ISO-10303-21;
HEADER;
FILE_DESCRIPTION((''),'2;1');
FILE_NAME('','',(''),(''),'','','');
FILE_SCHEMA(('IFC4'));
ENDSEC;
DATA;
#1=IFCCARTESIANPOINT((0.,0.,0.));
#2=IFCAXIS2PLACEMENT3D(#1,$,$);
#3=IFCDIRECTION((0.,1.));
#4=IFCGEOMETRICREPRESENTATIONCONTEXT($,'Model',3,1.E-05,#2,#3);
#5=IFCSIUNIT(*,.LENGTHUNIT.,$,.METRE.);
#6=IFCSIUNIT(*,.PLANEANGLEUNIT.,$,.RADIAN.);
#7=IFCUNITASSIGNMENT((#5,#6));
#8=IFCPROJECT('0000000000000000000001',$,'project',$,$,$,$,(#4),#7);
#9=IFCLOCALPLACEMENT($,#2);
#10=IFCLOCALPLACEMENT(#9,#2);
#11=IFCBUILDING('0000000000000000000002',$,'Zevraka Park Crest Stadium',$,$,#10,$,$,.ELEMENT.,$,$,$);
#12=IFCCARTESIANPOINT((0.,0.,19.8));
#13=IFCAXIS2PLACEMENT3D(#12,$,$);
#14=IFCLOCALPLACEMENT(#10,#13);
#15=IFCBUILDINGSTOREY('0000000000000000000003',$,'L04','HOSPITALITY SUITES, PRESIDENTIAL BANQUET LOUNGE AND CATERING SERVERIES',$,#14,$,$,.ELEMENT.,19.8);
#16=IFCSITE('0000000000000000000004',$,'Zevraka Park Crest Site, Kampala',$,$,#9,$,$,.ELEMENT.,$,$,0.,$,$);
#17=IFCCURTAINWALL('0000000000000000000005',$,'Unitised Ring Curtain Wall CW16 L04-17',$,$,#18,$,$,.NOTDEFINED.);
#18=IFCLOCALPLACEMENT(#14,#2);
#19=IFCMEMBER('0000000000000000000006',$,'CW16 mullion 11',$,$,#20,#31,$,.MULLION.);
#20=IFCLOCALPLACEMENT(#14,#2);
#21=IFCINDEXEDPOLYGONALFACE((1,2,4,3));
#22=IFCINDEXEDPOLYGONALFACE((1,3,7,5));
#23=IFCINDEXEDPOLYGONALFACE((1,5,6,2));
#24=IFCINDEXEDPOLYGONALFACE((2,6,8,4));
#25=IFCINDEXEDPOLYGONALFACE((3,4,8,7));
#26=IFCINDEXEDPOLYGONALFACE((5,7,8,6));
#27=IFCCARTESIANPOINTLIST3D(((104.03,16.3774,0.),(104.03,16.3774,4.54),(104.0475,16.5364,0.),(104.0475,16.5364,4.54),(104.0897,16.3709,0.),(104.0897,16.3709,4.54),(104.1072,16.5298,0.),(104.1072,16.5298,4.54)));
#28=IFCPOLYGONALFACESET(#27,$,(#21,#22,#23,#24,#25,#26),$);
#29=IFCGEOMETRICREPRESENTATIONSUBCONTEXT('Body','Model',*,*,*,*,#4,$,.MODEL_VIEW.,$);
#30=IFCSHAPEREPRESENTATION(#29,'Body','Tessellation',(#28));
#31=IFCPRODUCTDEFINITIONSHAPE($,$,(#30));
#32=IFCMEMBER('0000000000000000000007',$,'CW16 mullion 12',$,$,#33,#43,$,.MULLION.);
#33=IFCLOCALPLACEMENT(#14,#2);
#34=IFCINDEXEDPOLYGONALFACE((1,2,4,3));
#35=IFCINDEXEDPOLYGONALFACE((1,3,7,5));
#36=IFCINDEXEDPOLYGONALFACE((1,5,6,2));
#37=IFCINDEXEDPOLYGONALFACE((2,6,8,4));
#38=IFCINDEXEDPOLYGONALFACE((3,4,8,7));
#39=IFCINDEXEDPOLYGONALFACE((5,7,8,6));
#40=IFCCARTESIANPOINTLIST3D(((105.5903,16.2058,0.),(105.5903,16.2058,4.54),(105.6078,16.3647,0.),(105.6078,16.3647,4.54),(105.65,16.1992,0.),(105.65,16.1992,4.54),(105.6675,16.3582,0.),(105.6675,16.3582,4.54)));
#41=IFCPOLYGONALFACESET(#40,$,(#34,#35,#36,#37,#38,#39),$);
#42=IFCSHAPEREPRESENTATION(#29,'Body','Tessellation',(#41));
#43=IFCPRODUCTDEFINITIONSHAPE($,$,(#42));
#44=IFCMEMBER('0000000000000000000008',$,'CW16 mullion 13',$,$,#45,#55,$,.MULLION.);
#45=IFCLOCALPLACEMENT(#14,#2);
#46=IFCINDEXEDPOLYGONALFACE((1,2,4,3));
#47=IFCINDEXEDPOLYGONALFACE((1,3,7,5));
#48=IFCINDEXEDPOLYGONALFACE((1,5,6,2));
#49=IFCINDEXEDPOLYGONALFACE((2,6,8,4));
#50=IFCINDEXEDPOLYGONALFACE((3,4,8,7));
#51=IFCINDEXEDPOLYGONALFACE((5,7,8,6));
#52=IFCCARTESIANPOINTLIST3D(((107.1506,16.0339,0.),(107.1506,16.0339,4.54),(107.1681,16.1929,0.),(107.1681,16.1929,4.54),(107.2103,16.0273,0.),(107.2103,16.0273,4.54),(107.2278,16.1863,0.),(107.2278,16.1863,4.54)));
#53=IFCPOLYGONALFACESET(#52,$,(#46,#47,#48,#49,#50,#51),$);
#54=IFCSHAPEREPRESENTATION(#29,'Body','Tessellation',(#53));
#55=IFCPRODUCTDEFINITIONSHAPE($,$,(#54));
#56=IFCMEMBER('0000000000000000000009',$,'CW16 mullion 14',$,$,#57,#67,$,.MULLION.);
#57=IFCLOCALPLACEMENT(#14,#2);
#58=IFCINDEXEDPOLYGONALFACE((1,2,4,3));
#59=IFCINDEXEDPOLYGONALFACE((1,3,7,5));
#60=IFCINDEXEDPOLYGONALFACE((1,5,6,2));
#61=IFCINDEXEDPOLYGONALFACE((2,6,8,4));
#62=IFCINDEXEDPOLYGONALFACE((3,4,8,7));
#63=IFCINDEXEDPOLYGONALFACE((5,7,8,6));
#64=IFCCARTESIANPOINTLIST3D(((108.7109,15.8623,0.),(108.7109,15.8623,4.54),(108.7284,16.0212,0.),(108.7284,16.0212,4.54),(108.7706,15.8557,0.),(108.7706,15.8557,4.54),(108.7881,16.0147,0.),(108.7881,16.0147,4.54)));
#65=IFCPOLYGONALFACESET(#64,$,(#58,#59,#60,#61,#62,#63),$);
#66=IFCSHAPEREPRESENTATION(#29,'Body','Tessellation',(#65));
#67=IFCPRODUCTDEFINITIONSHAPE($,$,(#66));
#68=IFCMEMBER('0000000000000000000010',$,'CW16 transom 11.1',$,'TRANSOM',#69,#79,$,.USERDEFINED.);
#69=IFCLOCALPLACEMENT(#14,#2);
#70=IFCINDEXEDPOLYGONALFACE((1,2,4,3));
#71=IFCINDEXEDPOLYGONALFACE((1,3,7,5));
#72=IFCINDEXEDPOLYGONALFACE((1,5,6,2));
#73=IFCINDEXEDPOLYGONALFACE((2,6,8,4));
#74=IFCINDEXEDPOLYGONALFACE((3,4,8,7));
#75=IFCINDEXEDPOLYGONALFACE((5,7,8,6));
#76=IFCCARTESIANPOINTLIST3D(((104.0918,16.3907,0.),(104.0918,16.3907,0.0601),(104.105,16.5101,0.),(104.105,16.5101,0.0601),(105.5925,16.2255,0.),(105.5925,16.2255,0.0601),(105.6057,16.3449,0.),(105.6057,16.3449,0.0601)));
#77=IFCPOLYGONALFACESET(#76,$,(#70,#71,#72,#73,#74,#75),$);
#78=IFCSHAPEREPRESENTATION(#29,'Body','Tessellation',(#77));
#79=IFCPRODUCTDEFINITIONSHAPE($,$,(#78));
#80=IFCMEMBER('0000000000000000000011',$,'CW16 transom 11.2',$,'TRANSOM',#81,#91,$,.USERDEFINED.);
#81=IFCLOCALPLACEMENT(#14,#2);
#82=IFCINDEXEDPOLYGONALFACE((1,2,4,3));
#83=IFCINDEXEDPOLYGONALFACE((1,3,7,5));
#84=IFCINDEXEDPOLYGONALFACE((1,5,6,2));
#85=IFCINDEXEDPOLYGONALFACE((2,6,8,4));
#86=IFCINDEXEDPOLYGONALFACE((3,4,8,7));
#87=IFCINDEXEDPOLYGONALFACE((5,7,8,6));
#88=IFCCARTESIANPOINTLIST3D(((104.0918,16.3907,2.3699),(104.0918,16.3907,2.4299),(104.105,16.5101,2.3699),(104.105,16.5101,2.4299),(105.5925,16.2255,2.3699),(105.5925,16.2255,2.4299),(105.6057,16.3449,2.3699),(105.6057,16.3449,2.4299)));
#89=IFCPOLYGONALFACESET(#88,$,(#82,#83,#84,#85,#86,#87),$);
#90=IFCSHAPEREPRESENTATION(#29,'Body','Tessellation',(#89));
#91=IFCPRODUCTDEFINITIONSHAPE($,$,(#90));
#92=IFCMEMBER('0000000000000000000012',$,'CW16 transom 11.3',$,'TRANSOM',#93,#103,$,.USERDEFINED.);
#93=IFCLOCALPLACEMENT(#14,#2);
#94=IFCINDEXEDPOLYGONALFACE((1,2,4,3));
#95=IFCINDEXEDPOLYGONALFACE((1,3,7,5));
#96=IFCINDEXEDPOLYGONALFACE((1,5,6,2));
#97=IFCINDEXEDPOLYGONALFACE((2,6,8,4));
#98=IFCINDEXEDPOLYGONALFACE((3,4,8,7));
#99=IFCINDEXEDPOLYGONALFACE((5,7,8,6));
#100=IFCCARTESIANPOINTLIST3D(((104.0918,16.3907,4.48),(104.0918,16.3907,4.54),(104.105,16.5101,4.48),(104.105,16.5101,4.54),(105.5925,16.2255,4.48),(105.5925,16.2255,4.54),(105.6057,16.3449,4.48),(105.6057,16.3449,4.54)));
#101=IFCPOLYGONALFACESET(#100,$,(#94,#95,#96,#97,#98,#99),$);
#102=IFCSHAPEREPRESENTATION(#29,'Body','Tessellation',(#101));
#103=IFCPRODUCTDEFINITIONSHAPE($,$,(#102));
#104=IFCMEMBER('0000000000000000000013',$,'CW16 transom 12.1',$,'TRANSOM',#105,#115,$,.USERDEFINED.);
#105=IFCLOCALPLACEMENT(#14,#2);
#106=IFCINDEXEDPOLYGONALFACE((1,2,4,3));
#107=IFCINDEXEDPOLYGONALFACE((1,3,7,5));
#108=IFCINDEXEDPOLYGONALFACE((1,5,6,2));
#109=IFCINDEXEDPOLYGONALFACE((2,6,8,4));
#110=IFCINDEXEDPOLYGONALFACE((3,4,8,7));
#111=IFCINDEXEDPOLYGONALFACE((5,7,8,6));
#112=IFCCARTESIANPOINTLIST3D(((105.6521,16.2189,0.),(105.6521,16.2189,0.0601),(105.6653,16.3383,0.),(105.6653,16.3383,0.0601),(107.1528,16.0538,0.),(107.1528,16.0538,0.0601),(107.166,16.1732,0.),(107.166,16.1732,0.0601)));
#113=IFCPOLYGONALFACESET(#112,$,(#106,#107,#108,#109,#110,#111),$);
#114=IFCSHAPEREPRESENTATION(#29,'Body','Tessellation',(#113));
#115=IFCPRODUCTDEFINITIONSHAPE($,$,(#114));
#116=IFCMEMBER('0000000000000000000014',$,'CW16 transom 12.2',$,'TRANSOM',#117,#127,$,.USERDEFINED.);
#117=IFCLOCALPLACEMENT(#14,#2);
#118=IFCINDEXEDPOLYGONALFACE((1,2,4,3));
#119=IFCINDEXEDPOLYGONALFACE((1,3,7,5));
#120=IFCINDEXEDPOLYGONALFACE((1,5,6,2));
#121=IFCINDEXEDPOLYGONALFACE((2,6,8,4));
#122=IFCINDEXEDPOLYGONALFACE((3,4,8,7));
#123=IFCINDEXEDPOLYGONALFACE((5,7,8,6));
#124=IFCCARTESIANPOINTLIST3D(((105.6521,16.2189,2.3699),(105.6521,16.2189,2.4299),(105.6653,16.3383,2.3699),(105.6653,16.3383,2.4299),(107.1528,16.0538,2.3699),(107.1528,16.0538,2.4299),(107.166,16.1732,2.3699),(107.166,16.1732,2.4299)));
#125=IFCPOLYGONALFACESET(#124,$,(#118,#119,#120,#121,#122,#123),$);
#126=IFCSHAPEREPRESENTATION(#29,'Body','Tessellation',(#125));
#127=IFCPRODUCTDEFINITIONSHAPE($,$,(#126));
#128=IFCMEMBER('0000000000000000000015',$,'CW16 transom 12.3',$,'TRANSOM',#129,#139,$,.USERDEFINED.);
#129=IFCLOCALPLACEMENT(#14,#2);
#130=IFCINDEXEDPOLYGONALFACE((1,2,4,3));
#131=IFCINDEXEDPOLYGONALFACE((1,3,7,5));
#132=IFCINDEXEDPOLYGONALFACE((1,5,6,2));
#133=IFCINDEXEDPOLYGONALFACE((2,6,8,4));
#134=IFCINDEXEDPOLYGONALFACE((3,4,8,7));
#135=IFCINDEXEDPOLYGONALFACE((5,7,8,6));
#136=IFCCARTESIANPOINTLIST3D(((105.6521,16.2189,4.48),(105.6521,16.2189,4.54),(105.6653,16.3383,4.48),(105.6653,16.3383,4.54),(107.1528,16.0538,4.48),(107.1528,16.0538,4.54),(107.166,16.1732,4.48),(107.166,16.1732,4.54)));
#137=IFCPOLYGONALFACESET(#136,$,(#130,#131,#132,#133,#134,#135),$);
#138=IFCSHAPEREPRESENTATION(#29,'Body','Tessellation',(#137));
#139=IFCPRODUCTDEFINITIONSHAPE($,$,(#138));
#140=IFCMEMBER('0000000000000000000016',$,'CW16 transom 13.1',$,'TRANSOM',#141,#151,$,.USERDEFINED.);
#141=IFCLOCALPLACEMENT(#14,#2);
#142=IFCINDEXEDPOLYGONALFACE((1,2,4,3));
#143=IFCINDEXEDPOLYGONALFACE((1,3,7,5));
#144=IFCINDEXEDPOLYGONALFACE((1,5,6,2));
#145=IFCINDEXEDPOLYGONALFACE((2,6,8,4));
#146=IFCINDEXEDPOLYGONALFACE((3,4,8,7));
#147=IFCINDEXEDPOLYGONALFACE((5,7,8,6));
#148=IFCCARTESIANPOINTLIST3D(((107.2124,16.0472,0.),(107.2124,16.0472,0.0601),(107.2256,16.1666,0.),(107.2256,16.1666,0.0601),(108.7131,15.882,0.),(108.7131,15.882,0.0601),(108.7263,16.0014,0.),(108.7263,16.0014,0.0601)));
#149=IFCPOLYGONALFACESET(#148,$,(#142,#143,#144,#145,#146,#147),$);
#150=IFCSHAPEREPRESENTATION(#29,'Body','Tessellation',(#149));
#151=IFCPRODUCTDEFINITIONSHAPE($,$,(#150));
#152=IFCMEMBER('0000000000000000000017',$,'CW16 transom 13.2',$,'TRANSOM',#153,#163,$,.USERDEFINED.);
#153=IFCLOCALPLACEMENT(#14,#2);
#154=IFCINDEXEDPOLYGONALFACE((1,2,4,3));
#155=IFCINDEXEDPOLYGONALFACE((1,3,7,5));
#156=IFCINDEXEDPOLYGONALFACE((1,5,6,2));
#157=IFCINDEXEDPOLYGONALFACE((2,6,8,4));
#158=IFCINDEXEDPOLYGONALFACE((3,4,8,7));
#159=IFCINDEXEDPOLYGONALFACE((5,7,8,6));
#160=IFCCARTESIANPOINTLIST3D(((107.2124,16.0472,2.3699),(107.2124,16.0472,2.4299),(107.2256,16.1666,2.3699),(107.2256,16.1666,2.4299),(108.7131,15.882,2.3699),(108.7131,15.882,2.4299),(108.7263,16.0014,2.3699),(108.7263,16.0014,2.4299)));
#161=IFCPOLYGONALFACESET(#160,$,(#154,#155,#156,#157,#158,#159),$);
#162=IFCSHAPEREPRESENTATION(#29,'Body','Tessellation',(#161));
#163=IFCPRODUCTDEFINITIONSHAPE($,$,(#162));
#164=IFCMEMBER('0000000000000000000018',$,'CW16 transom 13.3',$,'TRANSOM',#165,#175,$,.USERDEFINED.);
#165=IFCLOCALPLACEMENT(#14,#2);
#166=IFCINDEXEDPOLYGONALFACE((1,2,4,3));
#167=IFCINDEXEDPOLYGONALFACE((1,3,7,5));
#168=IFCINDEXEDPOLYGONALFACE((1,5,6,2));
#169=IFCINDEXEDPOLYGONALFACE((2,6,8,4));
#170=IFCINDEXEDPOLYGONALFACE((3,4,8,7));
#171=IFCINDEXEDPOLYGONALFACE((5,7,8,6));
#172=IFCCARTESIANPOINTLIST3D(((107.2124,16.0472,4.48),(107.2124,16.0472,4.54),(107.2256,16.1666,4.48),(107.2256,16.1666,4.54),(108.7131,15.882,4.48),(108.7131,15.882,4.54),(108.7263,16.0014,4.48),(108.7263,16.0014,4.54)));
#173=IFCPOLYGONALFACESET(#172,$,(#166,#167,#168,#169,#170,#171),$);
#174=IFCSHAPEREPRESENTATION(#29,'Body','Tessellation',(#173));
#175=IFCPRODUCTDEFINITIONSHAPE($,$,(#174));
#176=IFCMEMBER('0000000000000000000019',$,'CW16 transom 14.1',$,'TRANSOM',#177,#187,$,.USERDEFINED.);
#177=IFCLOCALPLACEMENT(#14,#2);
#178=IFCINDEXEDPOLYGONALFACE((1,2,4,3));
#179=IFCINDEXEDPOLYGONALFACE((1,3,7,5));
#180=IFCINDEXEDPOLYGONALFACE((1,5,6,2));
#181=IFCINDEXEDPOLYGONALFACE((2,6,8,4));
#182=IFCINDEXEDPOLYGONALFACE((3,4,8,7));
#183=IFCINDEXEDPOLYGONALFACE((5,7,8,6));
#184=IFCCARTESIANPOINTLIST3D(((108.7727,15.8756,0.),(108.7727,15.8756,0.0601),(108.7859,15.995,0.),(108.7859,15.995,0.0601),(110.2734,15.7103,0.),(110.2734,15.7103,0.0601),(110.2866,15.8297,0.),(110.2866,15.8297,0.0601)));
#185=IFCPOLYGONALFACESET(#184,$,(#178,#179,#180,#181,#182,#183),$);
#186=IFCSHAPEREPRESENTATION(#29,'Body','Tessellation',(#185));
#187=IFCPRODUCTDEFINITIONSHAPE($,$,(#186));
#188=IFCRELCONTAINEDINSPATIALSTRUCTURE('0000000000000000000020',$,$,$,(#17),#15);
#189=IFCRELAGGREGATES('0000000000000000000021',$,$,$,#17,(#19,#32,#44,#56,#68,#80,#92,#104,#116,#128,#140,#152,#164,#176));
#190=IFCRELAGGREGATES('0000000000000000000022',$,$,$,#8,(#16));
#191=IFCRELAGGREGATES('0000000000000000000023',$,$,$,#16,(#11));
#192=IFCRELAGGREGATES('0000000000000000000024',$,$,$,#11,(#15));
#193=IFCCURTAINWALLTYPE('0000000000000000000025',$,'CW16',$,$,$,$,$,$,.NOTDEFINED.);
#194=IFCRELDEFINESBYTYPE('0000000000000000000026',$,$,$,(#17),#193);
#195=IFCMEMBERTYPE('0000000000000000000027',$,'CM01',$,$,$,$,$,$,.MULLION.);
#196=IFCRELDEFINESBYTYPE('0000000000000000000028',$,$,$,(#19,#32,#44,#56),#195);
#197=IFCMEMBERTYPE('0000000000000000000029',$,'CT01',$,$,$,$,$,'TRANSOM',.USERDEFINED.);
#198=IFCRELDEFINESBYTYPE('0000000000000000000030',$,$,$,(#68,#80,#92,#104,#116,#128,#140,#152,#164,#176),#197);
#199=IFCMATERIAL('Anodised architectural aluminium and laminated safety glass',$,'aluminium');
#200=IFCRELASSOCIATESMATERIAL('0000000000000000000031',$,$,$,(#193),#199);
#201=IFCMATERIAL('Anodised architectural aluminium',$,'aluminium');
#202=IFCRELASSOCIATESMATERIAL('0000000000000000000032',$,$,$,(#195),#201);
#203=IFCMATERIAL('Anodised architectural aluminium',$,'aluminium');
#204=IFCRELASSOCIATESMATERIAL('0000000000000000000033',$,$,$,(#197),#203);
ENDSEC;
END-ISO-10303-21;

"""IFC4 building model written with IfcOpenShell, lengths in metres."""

from ifc_helpers import new_model, si_unit, direction, frame, origin, origin_2d, place, context, subcontext, project, spatial, rectangle, extrude, material, material_profile, profile_set, type_object, element, aggregate, save


model = new_model("IFC4")

# Units and contexts
model_context = context("Model", 3, precision=1e-05, world=origin(), true_north=direction((0.0, 1.0)))
body_context = subcontext(model_context, "Body", "Model", "MODEL_VIEW")
ifc_project = project(units=[si_unit("LENGTHUNIT", "METRE"), si_unit("PLANEANGLEUNIT", "RADIAN")], contexts=[model_context])

# Site, building, storey
site_placement = place(None, origin())
site = spatial("IfcSite", under=ifc_project, at=site_placement, Name="Zevraka Park Crest Site, Kampala", CompositionType="ELEMENT", RefElevation=0.0)
building_placement = place(site_placement, origin())
building = spatial("IfcBuilding", under=site, at=building_placement, Name="Zevraka Park Crest Stadium", CompositionType="ELEMENT")
storey_placement = place(building_placement, frame((0.0, 0.0, 19.8)))
storey = spatial("IfcBuildingStorey", under=building, at=storey_placement, Name="L04", Description="HOSPITALITY SUITES, PRESIDENTIAL BANQUET LOUNGE AND CATERING SERVERIES", CompositionType="ELEMENT", Elevation=19.8)

# Curtain wall, members
ifc_material_1 = material(Name="Anodised architectural aluminium and laminated safety glass", Category="aluminium")
curtain_wall_type = type_object("IfcCurtainWallType", Name="CW16", PredefinedType="NOTDEFINED", material=ifc_material_1)
curtain_wall_placement = place(storey_placement, origin())
curtain_wall = element("IfcCurtainWall", 1, at=curtain_wall_placement, inside=storey, type_object=curtain_wall_type, Name="Unitised Ring Curtain Wall CW16 L04-17", PredefinedType="NOTDEFINED")
ifc_material_2 = material(Name="Anodised architectural aluminium", Category="aluminium")
ifc_material_profile_1 = material_profile(ifc_material_2, rectangle(XDim=0.1599, YDim=0.0601, at=origin_2d()), Name="ALU MULLION 160x60")
ifc_profile_set_1 = profile_set([ifc_material_profile_1], Name="Anodised architectural aluminium")
member_type_1 = type_object("IfcMemberType", Name="CM01", PredefinedType="MULLION", material=ifc_profile_set_1)
member_1_placement = place(storey_placement, frame((104.0686, 16.4536, 0.0), z_axis=(0.0, 0.0, 1.0), x_axis=(0.109406, 0.993997, 0.0)))
member_1 = element("IfcMember", 2, at=member_1_placement, type_object=member_type_1, Name="CW16 mullion 11", PredefinedType="MULLION", context=body_context, shape_type="SweptSolid", body=[
    extrude(rectangle(XDim=0.1599, YDim=0.0601, at=origin_2d()), origin(), (0.0, 0.0, 1.0), 4.54),
])
member_2_placement = place(storey_placement, frame((105.6289, 16.282, 0.0), z_axis=(0.0, 0.0, 1.0), x_axis=(0.109406, 0.993997, 0.0)))
member_2 = element("IfcMember", 3, at=member_2_placement, type_object=member_type_1, Name="CW16 mullion 12", PredefinedType="MULLION", context=body_context, shape_type="SweptSolid", body=[
    extrude(rectangle(XDim=0.1599, YDim=0.0601, at=origin_2d()), origin(), (0.0, 0.0, 1.0), 4.54),
])
member_3_placement = place(storey_placement, frame((107.1892, 16.1101, 0.0), z_axis=(0.0, 0.0, 1.0), x_axis=(0.109406, 0.993997, 0.0)))
member_3 = element("IfcMember", 4, at=member_3_placement, type_object=member_type_1, Name="CW16 mullion 13", PredefinedType="MULLION", context=body_context, shape_type="SweptSolid", body=[
    extrude(rectangle(XDim=0.1599, YDim=0.0601, at=origin_2d()), origin(), (0.0, 0.0, 1.0), 4.54),
])
member_4_placement = place(storey_placement, frame((108.7495, 15.9385, 0.0), z_axis=(0.0, 0.0, 1.0), x_axis=(0.109406, 0.993997, 0.0)))
member_4 = element("IfcMember", 5, at=member_4_placement, type_object=member_type_1, Name="CW16 mullion 14", PredefinedType="MULLION", context=body_context, shape_type="SweptSolid", body=[
    extrude(rectangle(XDim=0.1599, YDim=0.0601, at=origin_2d()), origin(), (0.0, 0.0, 1.0), 4.54),
])
ifc_material_3 = material(Name="Anodised architectural aluminium", Category="aluminium")
ifc_material_profile_2 = material_profile(ifc_material_3, rectangle(XDim=0.1201, YDim=0.0601, at=origin_2d()), Name="ALU TRANSOM 120x60")
ifc_profile_set_2 = profile_set([ifc_material_profile_2], Name="Anodised architectural aluminium")
member_type_2 = type_object("IfcMemberType", Name="CT01", ElementType="TRANSOM", PredefinedType="USERDEFINED", material=ifc_profile_set_2)
member_5_placement = place(storey_placement, frame((104.0984, 16.4504, 0.03), z_axis=(0.99399, -0.109473, 0.0), x_axis=(0.109473, 0.99399, 0.0)))
member_5 = element("IfcMember", 6, at=member_5_placement, type_object=member_type_2, Name="CW16 transom 11.1", ObjectType="TRANSOM", PredefinedType="USERDEFINED", context=body_context, shape_type="SweptSolid", body=[
    extrude(rectangle(XDim=0.1201, YDim=0.0601, at=origin_2d()), origin(), (0.0, 0.0, 1.0), 1.5098),
])
member_6_placement = place(storey_placement, frame((104.0984, 16.4504, 2.3999), z_axis=(0.99399, -0.109473, 0.0), x_axis=(0.109473, 0.99399, 0.0)))
member_6 = element("IfcMember", 7, at=member_6_placement, type_object=member_type_2, Name="CW16 transom 11.2", ObjectType="TRANSOM", PredefinedType="USERDEFINED", context=body_context, shape_type="SweptSolid", body=[
    extrude(rectangle(XDim=0.1201, YDim=0.0601, at=origin_2d()), origin(), (0.0, 0.0, 1.0), 1.5098),
])
member_7_placement = place(storey_placement, frame((104.0984, 16.4504, 4.51), z_axis=(0.99399, -0.109473, 0.0), x_axis=(0.109473, 0.99399, 0.0)))
member_7 = element("IfcMember", 8, at=member_7_placement, type_object=member_type_2, Name="CW16 transom 11.3", ObjectType="TRANSOM", PredefinedType="USERDEFINED", context=body_context, shape_type="SweptSolid", body=[
    extrude(rectangle(XDim=0.1201, YDim=0.0601, at=origin_2d()), origin(), (0.0, 0.0, 1.0), 1.5098),
])
member_8_placement = place(storey_placement, frame((105.6587, 16.2786, 0.03), z_axis=(0.994007, -0.109313, 0.0), x_axis=(0.109313, 0.994007, 0.0)))
member_8 = element("IfcMember", 9, at=member_8_placement, type_object=member_type_2, Name="CW16 transom 12.1", ObjectType="TRANSOM", PredefinedType="USERDEFINED", context=body_context, shape_type="SweptSolid", body=[
    extrude(rectangle(XDim=0.1201, YDim=0.0601, at=origin_2d()), origin(), (0.0, 0.0, 1.0), 1.5098),
])
member_9_placement = place(storey_placement, frame((105.6587, 16.2786, 2.3999), z_axis=(0.994007, -0.109313, 0.0), x_axis=(0.109313, 0.994007, 0.0)))
member_9 = element("IfcMember", 10, at=member_9_placement, type_object=member_type_2, Name="CW16 transom 12.2", ObjectType="TRANSOM", PredefinedType="USERDEFINED", context=body_context, shape_type="SweptSolid", body=[
    extrude(rectangle(XDim=0.1201, YDim=0.0601, at=origin_2d()), origin(), (0.0, 0.0, 1.0), 1.5098),
])
member_10_placement = place(storey_placement, frame((105.6587, 16.2786, 4.51), z_axis=(0.994007, -0.109313, 0.0), x_axis=(0.109313, 0.994007, 0.0)))
member_10 = element("IfcMember", 11, at=member_10_placement, type_object=member_type_2, Name="CW16 transom 12.3", ObjectType="TRANSOM", PredefinedType="USERDEFINED", context=body_context, shape_type="SweptSolid", body=[
    extrude(rectangle(XDim=0.1201, YDim=0.0601, at=origin_2d()), origin(), (0.0, 0.0, 1.0), 1.5098),
])
member_11_placement = place(storey_placement, frame((107.219, 16.1069, 0.03), z_axis=(0.99399, -0.109473, 0.0), x_axis=(0.109473, 0.99399, 0.0)))
member_11 = element("IfcMember", 12, at=member_11_placement, type_object=member_type_2, Name="CW16 transom 13.1", ObjectType="TRANSOM", PredefinedType="USERDEFINED", context=body_context, shape_type="SweptSolid", body=[
    extrude(rectangle(XDim=0.1201, YDim=0.0601, at=origin_2d()), origin(), (0.0, 0.0, 1.0), 1.5098),
])
member_12_placement = place(storey_placement, frame((107.219, 16.1069, 2.3999), z_axis=(0.99399, -0.109473, 0.0), x_axis=(0.109473, 0.99399, 0.0)))
member_12 = element("IfcMember", 13, at=member_12_placement, type_object=member_type_2, Name="CW16 transom 13.2", ObjectType="TRANSOM", PredefinedType="USERDEFINED", context=body_context, shape_type="SweptSolid", body=[
    extrude(rectangle(XDim=0.1201, YDim=0.0601, at=origin_2d()), origin(), (0.0, 0.0, 1.0), 1.5098),
])
member_13_placement = place(storey_placement, frame((107.219, 16.1069, 4.51), z_axis=(0.99399, -0.109473, 0.0), x_axis=(0.109473, 0.99399, 0.0)))
member_13 = element("IfcMember", 14, at=member_13_placement, type_object=member_type_2, Name="CW16 transom 13.3", ObjectType="TRANSOM", PredefinedType="USERDEFINED", context=body_context, shape_type="SweptSolid", body=[
    extrude(rectangle(XDim=0.1201, YDim=0.0601, at=origin_2d()), origin(), (0.0, 0.0, 1.0), 1.5098),
])
member_14_placement = place(storey_placement, frame((108.7793, 15.9353, 0.03), z_axis=(0.99399, -0.109473, 0.0), x_axis=(0.109473, 0.99399, 0.0)))
member_14 = element("IfcMember", 15, at=member_14_placement, type_object=member_type_2, Name="CW16 transom 14.1", ObjectType="TRANSOM", PredefinedType="USERDEFINED", context=body_context, shape_type="SweptSolid", body=[
    extrude(rectangle(XDim=0.1201, YDim=0.0601, at=origin_2d()), origin(), (0.0, 0.0, 1.0), 1.5098),
])
aggregate(curtain_wall, [member_1, member_2, member_3, member_4, member_5, member_6, member_7, member_8, member_9, member_10, member_11, member_12, member_13, member_14])

save(model, "model.ifc")
